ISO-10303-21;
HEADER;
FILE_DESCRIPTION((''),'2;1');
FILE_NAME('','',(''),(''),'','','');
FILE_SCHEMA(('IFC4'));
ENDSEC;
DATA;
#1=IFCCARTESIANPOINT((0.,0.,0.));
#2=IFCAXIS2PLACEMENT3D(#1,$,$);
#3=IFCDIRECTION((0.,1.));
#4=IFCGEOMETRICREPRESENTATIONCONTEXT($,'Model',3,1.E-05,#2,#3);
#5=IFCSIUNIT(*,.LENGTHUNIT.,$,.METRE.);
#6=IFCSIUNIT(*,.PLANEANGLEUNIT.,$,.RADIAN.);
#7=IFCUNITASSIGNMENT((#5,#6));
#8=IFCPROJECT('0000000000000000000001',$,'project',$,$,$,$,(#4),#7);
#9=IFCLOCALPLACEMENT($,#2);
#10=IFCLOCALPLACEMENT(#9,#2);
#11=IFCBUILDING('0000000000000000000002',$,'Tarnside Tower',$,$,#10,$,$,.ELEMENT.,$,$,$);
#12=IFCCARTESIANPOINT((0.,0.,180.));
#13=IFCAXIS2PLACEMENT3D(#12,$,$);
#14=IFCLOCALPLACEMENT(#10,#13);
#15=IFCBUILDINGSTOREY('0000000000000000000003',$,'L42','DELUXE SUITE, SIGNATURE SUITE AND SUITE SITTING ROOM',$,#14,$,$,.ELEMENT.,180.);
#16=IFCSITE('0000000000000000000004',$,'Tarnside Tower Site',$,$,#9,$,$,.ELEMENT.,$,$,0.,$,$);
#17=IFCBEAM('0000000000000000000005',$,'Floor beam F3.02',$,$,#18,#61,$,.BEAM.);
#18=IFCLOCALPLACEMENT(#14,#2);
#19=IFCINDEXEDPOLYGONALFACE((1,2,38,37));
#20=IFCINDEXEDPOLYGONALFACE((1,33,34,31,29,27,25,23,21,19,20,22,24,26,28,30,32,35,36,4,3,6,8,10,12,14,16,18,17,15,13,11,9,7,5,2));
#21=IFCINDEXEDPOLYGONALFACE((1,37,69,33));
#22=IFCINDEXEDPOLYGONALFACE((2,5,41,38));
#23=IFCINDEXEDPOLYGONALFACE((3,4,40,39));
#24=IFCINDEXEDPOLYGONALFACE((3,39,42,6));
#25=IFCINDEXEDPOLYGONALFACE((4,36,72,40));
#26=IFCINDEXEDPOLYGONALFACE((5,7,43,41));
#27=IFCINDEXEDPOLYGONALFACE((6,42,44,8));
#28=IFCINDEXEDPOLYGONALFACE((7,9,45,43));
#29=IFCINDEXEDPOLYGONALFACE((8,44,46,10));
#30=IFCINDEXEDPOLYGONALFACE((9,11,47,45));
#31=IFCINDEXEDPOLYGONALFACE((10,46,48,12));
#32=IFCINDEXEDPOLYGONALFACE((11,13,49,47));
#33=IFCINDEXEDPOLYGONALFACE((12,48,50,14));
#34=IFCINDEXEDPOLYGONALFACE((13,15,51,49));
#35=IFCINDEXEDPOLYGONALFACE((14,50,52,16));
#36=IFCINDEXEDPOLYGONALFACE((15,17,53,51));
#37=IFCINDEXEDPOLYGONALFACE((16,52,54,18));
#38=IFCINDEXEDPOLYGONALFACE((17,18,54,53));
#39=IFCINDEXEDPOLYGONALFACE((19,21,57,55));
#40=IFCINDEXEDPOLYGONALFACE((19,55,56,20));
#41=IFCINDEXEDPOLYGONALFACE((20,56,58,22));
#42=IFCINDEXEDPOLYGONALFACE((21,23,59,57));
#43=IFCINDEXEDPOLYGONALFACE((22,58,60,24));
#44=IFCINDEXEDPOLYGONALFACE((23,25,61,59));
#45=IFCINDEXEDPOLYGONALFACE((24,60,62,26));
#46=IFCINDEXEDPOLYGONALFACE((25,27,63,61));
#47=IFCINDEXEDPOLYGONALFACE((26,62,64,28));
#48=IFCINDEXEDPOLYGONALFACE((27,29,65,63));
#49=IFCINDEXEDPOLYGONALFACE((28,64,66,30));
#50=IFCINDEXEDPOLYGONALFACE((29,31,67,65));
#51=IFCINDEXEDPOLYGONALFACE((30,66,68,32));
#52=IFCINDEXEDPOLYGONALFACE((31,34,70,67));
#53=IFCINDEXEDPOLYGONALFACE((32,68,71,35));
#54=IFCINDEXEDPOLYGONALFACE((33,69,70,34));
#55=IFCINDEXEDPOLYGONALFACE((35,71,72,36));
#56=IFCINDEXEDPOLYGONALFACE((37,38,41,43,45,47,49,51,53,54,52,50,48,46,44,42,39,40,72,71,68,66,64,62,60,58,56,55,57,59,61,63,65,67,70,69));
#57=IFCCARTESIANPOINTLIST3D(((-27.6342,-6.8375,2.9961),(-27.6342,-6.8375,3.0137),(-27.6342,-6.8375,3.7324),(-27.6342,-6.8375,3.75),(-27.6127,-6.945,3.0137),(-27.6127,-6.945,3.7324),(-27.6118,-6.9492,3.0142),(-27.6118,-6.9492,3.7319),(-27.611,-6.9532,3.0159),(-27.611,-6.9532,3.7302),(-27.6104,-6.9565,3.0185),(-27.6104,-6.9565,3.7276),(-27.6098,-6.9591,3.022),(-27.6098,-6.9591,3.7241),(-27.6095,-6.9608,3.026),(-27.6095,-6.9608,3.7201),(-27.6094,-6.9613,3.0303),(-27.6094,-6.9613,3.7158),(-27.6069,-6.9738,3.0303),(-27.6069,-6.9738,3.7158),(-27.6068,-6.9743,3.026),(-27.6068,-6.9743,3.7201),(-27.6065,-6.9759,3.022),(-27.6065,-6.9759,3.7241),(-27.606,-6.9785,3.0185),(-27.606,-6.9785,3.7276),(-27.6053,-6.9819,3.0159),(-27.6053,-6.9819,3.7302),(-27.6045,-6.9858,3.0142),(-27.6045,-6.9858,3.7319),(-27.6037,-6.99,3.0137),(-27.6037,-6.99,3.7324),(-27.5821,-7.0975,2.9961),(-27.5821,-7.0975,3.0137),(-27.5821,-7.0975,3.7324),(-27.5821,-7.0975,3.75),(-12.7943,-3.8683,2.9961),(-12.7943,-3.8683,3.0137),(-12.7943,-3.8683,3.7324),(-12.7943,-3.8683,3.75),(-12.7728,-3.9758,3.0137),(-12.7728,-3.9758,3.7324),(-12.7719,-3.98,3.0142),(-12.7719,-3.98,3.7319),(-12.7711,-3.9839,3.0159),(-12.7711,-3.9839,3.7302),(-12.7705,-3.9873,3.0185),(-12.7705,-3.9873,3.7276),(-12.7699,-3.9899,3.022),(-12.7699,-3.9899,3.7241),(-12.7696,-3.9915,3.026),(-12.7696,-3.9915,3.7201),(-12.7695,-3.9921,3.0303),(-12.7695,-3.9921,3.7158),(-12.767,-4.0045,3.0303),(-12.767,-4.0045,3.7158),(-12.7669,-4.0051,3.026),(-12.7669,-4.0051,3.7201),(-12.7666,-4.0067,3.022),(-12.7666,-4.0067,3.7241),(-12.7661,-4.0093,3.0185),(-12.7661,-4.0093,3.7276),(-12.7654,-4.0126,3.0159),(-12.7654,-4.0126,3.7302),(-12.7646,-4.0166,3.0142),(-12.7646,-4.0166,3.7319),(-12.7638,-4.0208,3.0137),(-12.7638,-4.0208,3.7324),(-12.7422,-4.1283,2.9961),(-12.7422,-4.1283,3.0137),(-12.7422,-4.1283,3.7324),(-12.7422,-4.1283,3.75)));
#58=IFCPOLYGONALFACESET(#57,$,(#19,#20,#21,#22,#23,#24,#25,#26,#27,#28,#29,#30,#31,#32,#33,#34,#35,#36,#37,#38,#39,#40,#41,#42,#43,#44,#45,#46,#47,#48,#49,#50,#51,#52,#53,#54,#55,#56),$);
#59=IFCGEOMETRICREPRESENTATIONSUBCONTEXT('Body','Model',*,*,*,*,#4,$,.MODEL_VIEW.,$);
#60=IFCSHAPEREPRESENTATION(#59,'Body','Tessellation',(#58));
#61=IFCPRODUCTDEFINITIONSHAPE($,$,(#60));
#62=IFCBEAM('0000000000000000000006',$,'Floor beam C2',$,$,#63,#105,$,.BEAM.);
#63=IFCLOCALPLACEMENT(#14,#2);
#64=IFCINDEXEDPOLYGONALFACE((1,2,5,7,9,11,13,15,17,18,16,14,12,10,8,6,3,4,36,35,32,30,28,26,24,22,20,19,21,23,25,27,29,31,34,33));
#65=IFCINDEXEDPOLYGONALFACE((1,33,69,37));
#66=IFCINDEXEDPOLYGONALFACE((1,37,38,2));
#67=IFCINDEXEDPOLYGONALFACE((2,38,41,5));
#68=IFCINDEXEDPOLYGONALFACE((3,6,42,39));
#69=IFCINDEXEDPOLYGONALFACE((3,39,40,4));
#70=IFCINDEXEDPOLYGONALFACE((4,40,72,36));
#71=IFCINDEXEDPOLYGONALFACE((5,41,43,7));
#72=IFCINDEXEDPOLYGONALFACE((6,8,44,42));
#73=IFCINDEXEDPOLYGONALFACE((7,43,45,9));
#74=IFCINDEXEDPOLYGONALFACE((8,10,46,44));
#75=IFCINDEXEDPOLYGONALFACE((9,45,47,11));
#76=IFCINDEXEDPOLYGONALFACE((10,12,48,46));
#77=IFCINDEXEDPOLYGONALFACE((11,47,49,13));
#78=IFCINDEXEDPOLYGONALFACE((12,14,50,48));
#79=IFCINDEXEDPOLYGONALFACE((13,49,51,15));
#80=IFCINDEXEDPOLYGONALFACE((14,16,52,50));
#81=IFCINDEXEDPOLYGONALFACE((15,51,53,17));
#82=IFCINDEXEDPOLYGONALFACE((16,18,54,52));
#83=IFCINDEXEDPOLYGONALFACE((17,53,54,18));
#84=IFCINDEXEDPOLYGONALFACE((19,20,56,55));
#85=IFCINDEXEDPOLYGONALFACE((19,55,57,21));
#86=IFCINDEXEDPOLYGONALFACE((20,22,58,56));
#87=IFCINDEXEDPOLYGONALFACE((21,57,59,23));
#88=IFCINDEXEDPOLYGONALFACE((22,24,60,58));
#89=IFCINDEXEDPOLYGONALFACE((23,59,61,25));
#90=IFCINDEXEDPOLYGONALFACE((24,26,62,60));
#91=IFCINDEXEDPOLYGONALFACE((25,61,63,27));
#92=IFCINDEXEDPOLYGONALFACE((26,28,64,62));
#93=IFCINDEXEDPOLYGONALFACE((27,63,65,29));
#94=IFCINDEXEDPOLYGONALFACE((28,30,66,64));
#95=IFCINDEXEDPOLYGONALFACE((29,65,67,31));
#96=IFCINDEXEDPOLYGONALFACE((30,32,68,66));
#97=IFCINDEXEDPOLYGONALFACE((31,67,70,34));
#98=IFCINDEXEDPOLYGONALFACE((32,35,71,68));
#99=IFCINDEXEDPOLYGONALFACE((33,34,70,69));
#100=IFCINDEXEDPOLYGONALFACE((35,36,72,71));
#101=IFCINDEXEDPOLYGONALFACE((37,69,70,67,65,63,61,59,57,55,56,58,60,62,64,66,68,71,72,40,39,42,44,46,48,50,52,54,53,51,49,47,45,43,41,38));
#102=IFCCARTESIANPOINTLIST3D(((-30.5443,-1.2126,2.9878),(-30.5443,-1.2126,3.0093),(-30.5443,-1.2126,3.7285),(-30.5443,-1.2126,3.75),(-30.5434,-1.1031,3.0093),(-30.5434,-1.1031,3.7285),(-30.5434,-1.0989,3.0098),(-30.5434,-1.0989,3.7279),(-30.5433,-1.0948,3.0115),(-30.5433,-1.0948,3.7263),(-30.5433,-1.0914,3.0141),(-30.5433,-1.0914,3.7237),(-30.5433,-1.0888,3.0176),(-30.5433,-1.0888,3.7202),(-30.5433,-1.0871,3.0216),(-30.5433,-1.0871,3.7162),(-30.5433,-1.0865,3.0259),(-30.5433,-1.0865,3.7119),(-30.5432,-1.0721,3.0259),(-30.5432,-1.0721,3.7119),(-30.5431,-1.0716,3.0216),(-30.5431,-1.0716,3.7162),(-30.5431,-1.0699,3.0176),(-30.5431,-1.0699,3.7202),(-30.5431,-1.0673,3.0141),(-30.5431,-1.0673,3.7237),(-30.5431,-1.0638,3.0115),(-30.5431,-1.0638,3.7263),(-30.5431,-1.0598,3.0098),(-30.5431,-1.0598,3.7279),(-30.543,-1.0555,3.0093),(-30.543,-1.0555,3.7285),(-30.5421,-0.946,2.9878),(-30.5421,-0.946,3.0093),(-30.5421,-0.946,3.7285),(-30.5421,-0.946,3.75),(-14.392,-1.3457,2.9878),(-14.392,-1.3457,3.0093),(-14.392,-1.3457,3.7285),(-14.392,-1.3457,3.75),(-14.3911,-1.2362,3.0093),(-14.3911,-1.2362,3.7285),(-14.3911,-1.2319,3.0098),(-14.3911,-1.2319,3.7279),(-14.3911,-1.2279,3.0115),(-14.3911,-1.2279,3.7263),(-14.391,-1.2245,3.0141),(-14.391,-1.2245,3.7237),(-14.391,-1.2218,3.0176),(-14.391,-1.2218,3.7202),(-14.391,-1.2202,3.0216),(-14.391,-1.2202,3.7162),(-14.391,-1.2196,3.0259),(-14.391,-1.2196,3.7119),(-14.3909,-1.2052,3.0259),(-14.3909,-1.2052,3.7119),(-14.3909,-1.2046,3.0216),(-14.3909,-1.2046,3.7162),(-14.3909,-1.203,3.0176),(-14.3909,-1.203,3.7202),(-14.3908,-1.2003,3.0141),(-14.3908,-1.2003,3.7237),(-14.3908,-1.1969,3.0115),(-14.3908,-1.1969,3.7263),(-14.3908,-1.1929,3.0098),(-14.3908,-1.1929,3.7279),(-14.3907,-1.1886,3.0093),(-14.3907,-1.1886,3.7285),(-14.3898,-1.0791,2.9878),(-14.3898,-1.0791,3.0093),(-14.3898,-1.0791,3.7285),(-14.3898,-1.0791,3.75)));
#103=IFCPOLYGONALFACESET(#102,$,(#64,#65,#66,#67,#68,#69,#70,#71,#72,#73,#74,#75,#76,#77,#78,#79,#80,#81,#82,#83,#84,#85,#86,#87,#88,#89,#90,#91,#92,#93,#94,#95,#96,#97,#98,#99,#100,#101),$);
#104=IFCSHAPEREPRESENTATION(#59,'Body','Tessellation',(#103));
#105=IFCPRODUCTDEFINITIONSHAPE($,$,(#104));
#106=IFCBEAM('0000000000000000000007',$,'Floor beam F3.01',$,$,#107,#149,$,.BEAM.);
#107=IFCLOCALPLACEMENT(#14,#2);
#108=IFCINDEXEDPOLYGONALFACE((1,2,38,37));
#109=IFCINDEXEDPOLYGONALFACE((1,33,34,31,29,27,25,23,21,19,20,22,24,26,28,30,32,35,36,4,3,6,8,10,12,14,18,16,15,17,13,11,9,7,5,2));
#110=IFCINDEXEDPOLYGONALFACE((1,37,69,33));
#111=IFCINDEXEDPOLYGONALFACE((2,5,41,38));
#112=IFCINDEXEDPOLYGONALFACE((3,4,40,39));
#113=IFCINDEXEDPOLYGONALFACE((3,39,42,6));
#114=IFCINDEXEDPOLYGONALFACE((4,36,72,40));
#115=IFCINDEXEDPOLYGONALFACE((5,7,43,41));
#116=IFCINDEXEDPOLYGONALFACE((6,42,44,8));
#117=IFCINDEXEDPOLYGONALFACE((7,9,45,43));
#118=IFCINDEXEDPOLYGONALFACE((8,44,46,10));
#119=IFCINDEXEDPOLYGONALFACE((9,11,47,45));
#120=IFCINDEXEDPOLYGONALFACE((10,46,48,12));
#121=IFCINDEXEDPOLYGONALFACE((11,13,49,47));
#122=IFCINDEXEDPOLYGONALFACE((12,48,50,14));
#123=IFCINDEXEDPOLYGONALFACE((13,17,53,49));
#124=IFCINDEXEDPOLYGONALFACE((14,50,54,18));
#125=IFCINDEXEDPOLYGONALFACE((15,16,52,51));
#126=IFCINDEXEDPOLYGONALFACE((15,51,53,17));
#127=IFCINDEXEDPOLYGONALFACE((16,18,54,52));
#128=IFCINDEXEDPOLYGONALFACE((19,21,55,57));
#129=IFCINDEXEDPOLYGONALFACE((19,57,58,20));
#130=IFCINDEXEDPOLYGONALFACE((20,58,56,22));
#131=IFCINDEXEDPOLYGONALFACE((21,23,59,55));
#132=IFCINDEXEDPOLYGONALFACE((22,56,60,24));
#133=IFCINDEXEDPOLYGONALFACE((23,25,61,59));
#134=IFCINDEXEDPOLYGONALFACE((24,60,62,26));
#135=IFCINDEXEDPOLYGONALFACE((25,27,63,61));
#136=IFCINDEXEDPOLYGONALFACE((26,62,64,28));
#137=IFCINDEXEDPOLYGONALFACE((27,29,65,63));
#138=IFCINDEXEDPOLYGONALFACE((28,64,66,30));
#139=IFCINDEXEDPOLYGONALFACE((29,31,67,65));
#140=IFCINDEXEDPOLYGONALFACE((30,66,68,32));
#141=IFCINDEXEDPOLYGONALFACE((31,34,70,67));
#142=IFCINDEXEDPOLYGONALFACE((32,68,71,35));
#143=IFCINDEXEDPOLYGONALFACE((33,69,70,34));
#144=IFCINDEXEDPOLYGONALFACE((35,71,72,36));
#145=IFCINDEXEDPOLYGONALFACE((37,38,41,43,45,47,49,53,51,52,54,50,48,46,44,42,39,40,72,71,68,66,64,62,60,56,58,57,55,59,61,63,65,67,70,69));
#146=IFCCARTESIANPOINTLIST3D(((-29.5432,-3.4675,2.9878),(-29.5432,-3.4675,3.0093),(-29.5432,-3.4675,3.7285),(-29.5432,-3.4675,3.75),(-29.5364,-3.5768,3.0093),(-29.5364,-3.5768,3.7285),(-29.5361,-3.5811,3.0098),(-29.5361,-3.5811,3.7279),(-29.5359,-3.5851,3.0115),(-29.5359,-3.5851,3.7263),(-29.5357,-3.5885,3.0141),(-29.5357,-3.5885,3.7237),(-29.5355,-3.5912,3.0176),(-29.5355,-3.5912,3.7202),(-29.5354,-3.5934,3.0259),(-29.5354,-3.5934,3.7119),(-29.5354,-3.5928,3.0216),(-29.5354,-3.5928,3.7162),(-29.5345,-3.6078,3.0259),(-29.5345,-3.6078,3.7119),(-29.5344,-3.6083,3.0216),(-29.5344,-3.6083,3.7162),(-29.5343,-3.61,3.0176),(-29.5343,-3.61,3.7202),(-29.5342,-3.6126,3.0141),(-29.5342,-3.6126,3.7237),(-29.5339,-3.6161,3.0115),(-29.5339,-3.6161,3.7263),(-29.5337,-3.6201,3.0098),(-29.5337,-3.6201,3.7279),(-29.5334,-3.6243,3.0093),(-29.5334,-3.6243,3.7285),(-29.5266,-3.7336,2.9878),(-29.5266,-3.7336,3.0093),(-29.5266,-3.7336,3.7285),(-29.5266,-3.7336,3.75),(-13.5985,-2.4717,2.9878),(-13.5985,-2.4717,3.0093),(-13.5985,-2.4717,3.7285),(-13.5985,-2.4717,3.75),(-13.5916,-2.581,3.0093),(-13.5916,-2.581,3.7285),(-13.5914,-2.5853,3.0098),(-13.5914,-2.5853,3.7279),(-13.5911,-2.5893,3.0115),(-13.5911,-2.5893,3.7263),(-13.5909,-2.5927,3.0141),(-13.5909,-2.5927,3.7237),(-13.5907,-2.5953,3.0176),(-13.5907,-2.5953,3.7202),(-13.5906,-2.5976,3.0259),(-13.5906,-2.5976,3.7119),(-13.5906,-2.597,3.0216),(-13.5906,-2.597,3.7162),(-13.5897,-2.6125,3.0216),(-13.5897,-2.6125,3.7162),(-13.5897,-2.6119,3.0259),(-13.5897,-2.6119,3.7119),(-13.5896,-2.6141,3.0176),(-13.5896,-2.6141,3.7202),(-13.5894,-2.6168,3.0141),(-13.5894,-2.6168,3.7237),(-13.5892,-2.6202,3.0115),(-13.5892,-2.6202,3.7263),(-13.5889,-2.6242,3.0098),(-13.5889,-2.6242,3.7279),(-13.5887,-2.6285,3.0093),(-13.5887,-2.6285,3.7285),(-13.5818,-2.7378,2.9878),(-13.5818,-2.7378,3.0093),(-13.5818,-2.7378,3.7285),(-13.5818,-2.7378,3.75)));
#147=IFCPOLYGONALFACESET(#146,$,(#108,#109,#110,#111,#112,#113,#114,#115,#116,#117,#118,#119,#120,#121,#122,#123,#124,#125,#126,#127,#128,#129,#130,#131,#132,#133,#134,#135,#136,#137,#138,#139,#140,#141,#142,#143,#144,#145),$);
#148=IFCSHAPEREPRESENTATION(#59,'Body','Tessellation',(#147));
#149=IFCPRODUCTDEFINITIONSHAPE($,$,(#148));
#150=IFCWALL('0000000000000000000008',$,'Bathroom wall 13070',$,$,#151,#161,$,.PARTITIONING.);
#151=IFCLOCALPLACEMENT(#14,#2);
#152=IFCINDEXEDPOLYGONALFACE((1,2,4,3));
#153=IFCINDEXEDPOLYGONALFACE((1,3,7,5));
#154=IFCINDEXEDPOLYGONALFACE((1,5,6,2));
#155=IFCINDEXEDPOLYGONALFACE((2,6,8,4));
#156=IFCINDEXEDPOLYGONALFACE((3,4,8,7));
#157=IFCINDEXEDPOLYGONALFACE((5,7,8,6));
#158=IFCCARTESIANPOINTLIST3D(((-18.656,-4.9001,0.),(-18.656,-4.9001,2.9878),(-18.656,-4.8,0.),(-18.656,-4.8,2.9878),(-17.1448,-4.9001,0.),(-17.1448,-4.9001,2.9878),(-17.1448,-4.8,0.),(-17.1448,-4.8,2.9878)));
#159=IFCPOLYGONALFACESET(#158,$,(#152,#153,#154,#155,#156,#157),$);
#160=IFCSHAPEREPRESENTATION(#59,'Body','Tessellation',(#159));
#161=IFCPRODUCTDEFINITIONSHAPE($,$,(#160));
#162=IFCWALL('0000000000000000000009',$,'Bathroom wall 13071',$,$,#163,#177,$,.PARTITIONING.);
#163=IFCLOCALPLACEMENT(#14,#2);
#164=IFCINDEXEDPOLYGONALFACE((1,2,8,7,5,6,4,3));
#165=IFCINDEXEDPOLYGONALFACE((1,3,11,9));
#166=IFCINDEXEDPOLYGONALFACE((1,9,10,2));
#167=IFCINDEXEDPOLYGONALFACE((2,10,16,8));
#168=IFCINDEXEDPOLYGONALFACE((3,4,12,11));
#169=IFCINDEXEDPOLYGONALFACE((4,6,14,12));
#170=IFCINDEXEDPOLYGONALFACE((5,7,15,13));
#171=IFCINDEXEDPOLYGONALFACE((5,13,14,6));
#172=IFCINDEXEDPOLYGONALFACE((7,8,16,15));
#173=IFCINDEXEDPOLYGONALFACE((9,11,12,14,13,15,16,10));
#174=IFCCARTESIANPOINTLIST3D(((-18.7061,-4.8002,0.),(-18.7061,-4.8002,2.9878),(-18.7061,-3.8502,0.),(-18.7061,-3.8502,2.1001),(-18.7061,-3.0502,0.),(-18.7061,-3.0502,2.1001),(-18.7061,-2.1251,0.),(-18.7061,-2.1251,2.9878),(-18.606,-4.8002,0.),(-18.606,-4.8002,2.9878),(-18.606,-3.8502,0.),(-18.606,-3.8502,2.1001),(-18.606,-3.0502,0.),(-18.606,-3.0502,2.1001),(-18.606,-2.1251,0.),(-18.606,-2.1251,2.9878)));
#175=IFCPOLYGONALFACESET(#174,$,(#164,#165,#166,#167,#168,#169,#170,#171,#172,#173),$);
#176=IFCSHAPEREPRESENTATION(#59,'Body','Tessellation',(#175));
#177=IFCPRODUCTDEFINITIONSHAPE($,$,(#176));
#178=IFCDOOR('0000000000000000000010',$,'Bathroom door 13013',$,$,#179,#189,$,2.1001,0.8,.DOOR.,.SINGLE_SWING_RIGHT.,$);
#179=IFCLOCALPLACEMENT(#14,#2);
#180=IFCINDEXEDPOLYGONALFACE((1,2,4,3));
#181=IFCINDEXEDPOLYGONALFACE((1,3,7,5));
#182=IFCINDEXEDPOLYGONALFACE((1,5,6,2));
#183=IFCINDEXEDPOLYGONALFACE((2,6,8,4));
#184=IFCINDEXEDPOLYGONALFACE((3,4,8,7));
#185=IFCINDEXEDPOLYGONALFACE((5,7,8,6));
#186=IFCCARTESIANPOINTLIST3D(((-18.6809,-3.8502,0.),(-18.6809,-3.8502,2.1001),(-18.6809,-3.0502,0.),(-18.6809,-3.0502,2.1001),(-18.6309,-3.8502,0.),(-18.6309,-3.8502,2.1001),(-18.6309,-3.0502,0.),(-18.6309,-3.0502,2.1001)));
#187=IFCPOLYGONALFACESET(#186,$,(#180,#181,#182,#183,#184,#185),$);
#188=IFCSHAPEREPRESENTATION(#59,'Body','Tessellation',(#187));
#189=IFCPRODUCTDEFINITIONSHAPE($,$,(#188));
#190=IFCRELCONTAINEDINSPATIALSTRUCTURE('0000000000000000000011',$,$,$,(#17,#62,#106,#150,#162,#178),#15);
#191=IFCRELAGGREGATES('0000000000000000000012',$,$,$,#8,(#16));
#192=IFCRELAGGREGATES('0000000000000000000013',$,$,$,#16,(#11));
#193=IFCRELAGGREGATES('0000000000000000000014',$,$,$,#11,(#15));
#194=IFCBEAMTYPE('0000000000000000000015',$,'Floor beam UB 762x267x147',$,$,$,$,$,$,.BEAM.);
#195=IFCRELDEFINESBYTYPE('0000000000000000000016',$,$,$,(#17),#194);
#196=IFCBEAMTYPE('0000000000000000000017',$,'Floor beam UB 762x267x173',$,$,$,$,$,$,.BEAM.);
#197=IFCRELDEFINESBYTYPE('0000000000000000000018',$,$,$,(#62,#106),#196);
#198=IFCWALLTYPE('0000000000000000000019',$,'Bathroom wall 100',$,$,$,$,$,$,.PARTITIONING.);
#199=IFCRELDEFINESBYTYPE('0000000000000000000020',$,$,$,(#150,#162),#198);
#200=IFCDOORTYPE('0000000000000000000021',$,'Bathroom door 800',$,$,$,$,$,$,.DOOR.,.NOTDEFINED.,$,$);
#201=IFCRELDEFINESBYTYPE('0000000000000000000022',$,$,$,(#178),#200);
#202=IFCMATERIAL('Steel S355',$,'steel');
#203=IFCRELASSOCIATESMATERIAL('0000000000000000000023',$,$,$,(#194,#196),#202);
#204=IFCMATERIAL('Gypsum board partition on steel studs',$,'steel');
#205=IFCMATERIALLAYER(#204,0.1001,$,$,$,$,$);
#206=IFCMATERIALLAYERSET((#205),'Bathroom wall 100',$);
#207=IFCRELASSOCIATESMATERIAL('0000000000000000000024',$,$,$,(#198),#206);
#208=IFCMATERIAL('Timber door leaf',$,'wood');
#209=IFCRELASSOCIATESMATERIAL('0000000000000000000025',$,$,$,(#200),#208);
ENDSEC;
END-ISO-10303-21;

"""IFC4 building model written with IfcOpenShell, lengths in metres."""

from ifc_helpers import new_model, si_unit, direction, frame, frame_2d, origin, origin_2d, place, context, subcontext, project, spatial, rectangle, i_section, extrude, material, layer, layer_set, material_profile, profile_set, type_object, element, fill, save


model = new_model("IFC4")

# Units and contexts
model_context = context("Model", 3, precision=1e-05, world=origin(), true_north=direction((0.0, 1.0)))
body_context = subcontext(model_context, "Body", "Model", "MODEL_VIEW")
ifc_project = project(units=[si_unit("LENGTHUNIT", "METRE"), si_unit("PLANEANGLEUNIT", "RADIAN")], contexts=[model_context])

# Site, building, storey
site_placement = place(None, origin())
site = spatial("IfcSite", under=ifc_project, at=site_placement, Name="Tarnside Tower Site", CompositionType="ELEMENT", RefElevation=0.0)
building_placement = place(site_placement, origin())
building = spatial("IfcBuilding", under=site, at=building_placement, Name="Tarnside Tower", CompositionType="ELEMENT")
storey_placement = place(building_placement, frame((0.0, 0.0, 180.0)))
storey = spatial("IfcBuildingStorey", under=building, at=storey_placement, Name="L42", Description="DELUXE SUITE, SIGNATURE SUITE AND SUITE SITTING ROOM", CompositionType="ELEMENT", Elevation=180.0)

# Beams
ifc_material_1 = material(Name="Steel S355", Category="steel")
ifc_material_profile_1 = material_profile(ifc_material_1, i_section(OverallWidth=0.2651, OverallDepth=0.7539, WebThickness=0.0127, FlangeThickness=0.0176, FilletRadius=0.0166, at=origin_2d()), Name="UB 762x267x147")
ifc_profile_set_1 = profile_set([ifc_material_profile_1], Name="Steel S355")
beam_type_1 = type_object("IfcBeamType", Name="Floor beam UB 762x267x147", PredefinedType="BEAM", material=ifc_profile_set_1)
beam_1_placement = place(storey_placement, frame((-27.6082, -6.9675, 3.373), z_axis=(0.980565, 0.196197, 0.0), x_axis=(-0.196197, 0.980565, 0.0)))
element("IfcBeam", 1, at=beam_1_placement, inside=storey, type_object=beam_type_1, Name="Floor beam F3.02", PredefinedType="BEAM", context=body_context, shape_type="SweptSolid", body=[
    extrude(i_section(OverallWidth=0.2651, OverallDepth=0.7539, WebThickness=0.0127, FlangeThickness=0.0176, FilletRadius=0.0166, at=origin_2d()), origin(), (0.0, 0.0, 1.0), 15.134),
])
ifc_material_profile_2 = material_profile(ifc_material_1, i_section(OverallWidth=0.2666, OverallDepth=0.7622, WebThickness=0.0144, FlangeThickness=0.0215, FilletRadius=0.0166, at=origin_2d()), Name="UB 762x267x173")
ifc_profile_set_2 = profile_set([ifc_material_profile_2], Name="Steel S355")
beam_type_2 = type_object("IfcBeamType", Name="Floor beam UB 762x267x173", PredefinedType="BEAM", material=ifc_profile_set_2)
beam_2_placement = place(storey_placement, frame((-30.5432, -1.0793, 3.3689), z_axis=(0.999966, -0.008237, 0.0), x_axis=(0.008237, 0.999966, 0.0)))
element("IfcBeam", 2, at=beam_2_placement, inside=storey, type_object=beam_type_2, Name="Floor beam C2", PredefinedType="BEAM", context=body_context, shape_type="SweptSolid", body=[
    extrude(i_section(OverallWidth=0.2666, OverallDepth=0.7622, WebThickness=0.0144, FlangeThickness=0.0215, FilletRadius=0.0166, at=origin_2d()), origin(), (0.0, 0.0, 1.0), 16.1528),
])
beam_3_placement = place(storey_placement, frame((-29.5349, -3.6006, 3.3689), z_axis=(0.998055, 0.062335, 0.0), x_axis=(-0.062335, 0.998055, 0.0)))
element("IfcBeam", 3, at=beam_3_placement, inside=storey, type_object=beam_type_2, Name="Floor beam F3.01", PredefinedType="BEAM", context=body_context, shape_type="SweptSolid", body=[
    extrude(i_section(OverallWidth=0.2666, OverallDepth=0.7622, WebThickness=0.0144, FlangeThickness=0.0215, FilletRadius=0.0166, at=origin_2d()), origin(), (0.0, 0.0, 1.0), 15.9758),
])

# Wall
ifc_material_2 = material(Name="Gypsum board partition on steel studs", Category="steel")
ifc_layer_1 = layer(ifc_material_2, 0.1001)
ifc_layer_set_1 = layer_set([ifc_layer_1], Name="Bathroom wall 100")
wall_type_1 = type_object("IfcWallType", Name="Bathroom wall 100", PredefinedType="PARTITIONING", material=ifc_layer_set_1)
wall_1_placement = place(storey_placement, frame((-17.1448, -4.8501, 0.0), z_axis=(0.0, 0.0, 1.0), x_axis=(-1.0, 0.0, 0.0)))
element("IfcWall", 4, at=wall_1_placement, inside=storey, type_object=wall_type_1, Name="Bathroom wall 13070", PredefinedType="PARTITIONING", context=body_context, shape_type="SweptSolid", body=[
    extrude(rectangle(XDim=1.5112, YDim=0.1001, at=frame_2d((0.7556, 0.0))), origin(), (0.0, 0.0, 1.0), 2.9878),
])

# Wall, opening, door
wall_2_placement = place(storey_placement, frame((-18.656, -4.8, 0.0), z_axis=(0.0, 0.0, 1.0), x_axis=(0.0, 1.0, 0.0)))
wall_2 = element("IfcWall", 5, at=wall_2_placement, inside=storey, type_object=wall_type_1, Name="Bathroom wall 13071", PredefinedType="PARTITIONING", context=body_context, shape_type="SweptSolid", body=[
    extrude(rectangle(XDim=2.675, YDim=0.1001, at=frame_2d((1.3374, 0.0))), origin(), (0.0, 0.0, 1.0), 2.9878),
])
opening_1_placement = place(wall_2_placement, frame((0.95, 0.0, 0.0)))
opening_1 = element("IfcOpeningElement", 6, at=opening_1_placement, cuts=wall_2, PredefinedType="OPENING", context=body_context, shape_type="SweptSolid", body=[
    extrude(rectangle(XDim=0.8, YDim=2.1001, at=frame_2d((0.3999, 1.05))), frame((0.0, 0.0601, 0.0), z_axis=(0.0, -1.0, 0.0), x_axis=(1.0, 0.0, 0.0)), (0.0, 0.0, 1.0), 0.1201),
])
ifc_material_3 = material(Name="Timber door leaf", Category="wood")
door_type_1 = type_object("IfcDoorType", Name="Bathroom door 800", OperationType="NOTDEFINED", PredefinedType="DOOR", material=ifc_material_3)
door_1_placement = place(opening_1_placement, origin())
door_1 = element("IfcDoor", 7, at=door_1_placement, inside=storey, type_object=door_type_1, Name="Bathroom door 13013", OperationType="SINGLE_SWING_RIGHT", OverallHeight=2.1001, OverallWidth=0.8, PredefinedType="DOOR", context=body_context, shape_type="SweptSolid", body=[
    extrude(rectangle(XDim=0.8, YDim=2.1001, at=frame_2d((0.3999, 1.05))), frame((0.0, 0.0249, 0.0), z_axis=(0.0, -1.0, 0.0), x_axis=(1.0, 0.0, 0.0)), (0.0, 0.0, 1.0), 0.05),
])
fill(opening_1, door_1)

save(model, "model.ifc")
